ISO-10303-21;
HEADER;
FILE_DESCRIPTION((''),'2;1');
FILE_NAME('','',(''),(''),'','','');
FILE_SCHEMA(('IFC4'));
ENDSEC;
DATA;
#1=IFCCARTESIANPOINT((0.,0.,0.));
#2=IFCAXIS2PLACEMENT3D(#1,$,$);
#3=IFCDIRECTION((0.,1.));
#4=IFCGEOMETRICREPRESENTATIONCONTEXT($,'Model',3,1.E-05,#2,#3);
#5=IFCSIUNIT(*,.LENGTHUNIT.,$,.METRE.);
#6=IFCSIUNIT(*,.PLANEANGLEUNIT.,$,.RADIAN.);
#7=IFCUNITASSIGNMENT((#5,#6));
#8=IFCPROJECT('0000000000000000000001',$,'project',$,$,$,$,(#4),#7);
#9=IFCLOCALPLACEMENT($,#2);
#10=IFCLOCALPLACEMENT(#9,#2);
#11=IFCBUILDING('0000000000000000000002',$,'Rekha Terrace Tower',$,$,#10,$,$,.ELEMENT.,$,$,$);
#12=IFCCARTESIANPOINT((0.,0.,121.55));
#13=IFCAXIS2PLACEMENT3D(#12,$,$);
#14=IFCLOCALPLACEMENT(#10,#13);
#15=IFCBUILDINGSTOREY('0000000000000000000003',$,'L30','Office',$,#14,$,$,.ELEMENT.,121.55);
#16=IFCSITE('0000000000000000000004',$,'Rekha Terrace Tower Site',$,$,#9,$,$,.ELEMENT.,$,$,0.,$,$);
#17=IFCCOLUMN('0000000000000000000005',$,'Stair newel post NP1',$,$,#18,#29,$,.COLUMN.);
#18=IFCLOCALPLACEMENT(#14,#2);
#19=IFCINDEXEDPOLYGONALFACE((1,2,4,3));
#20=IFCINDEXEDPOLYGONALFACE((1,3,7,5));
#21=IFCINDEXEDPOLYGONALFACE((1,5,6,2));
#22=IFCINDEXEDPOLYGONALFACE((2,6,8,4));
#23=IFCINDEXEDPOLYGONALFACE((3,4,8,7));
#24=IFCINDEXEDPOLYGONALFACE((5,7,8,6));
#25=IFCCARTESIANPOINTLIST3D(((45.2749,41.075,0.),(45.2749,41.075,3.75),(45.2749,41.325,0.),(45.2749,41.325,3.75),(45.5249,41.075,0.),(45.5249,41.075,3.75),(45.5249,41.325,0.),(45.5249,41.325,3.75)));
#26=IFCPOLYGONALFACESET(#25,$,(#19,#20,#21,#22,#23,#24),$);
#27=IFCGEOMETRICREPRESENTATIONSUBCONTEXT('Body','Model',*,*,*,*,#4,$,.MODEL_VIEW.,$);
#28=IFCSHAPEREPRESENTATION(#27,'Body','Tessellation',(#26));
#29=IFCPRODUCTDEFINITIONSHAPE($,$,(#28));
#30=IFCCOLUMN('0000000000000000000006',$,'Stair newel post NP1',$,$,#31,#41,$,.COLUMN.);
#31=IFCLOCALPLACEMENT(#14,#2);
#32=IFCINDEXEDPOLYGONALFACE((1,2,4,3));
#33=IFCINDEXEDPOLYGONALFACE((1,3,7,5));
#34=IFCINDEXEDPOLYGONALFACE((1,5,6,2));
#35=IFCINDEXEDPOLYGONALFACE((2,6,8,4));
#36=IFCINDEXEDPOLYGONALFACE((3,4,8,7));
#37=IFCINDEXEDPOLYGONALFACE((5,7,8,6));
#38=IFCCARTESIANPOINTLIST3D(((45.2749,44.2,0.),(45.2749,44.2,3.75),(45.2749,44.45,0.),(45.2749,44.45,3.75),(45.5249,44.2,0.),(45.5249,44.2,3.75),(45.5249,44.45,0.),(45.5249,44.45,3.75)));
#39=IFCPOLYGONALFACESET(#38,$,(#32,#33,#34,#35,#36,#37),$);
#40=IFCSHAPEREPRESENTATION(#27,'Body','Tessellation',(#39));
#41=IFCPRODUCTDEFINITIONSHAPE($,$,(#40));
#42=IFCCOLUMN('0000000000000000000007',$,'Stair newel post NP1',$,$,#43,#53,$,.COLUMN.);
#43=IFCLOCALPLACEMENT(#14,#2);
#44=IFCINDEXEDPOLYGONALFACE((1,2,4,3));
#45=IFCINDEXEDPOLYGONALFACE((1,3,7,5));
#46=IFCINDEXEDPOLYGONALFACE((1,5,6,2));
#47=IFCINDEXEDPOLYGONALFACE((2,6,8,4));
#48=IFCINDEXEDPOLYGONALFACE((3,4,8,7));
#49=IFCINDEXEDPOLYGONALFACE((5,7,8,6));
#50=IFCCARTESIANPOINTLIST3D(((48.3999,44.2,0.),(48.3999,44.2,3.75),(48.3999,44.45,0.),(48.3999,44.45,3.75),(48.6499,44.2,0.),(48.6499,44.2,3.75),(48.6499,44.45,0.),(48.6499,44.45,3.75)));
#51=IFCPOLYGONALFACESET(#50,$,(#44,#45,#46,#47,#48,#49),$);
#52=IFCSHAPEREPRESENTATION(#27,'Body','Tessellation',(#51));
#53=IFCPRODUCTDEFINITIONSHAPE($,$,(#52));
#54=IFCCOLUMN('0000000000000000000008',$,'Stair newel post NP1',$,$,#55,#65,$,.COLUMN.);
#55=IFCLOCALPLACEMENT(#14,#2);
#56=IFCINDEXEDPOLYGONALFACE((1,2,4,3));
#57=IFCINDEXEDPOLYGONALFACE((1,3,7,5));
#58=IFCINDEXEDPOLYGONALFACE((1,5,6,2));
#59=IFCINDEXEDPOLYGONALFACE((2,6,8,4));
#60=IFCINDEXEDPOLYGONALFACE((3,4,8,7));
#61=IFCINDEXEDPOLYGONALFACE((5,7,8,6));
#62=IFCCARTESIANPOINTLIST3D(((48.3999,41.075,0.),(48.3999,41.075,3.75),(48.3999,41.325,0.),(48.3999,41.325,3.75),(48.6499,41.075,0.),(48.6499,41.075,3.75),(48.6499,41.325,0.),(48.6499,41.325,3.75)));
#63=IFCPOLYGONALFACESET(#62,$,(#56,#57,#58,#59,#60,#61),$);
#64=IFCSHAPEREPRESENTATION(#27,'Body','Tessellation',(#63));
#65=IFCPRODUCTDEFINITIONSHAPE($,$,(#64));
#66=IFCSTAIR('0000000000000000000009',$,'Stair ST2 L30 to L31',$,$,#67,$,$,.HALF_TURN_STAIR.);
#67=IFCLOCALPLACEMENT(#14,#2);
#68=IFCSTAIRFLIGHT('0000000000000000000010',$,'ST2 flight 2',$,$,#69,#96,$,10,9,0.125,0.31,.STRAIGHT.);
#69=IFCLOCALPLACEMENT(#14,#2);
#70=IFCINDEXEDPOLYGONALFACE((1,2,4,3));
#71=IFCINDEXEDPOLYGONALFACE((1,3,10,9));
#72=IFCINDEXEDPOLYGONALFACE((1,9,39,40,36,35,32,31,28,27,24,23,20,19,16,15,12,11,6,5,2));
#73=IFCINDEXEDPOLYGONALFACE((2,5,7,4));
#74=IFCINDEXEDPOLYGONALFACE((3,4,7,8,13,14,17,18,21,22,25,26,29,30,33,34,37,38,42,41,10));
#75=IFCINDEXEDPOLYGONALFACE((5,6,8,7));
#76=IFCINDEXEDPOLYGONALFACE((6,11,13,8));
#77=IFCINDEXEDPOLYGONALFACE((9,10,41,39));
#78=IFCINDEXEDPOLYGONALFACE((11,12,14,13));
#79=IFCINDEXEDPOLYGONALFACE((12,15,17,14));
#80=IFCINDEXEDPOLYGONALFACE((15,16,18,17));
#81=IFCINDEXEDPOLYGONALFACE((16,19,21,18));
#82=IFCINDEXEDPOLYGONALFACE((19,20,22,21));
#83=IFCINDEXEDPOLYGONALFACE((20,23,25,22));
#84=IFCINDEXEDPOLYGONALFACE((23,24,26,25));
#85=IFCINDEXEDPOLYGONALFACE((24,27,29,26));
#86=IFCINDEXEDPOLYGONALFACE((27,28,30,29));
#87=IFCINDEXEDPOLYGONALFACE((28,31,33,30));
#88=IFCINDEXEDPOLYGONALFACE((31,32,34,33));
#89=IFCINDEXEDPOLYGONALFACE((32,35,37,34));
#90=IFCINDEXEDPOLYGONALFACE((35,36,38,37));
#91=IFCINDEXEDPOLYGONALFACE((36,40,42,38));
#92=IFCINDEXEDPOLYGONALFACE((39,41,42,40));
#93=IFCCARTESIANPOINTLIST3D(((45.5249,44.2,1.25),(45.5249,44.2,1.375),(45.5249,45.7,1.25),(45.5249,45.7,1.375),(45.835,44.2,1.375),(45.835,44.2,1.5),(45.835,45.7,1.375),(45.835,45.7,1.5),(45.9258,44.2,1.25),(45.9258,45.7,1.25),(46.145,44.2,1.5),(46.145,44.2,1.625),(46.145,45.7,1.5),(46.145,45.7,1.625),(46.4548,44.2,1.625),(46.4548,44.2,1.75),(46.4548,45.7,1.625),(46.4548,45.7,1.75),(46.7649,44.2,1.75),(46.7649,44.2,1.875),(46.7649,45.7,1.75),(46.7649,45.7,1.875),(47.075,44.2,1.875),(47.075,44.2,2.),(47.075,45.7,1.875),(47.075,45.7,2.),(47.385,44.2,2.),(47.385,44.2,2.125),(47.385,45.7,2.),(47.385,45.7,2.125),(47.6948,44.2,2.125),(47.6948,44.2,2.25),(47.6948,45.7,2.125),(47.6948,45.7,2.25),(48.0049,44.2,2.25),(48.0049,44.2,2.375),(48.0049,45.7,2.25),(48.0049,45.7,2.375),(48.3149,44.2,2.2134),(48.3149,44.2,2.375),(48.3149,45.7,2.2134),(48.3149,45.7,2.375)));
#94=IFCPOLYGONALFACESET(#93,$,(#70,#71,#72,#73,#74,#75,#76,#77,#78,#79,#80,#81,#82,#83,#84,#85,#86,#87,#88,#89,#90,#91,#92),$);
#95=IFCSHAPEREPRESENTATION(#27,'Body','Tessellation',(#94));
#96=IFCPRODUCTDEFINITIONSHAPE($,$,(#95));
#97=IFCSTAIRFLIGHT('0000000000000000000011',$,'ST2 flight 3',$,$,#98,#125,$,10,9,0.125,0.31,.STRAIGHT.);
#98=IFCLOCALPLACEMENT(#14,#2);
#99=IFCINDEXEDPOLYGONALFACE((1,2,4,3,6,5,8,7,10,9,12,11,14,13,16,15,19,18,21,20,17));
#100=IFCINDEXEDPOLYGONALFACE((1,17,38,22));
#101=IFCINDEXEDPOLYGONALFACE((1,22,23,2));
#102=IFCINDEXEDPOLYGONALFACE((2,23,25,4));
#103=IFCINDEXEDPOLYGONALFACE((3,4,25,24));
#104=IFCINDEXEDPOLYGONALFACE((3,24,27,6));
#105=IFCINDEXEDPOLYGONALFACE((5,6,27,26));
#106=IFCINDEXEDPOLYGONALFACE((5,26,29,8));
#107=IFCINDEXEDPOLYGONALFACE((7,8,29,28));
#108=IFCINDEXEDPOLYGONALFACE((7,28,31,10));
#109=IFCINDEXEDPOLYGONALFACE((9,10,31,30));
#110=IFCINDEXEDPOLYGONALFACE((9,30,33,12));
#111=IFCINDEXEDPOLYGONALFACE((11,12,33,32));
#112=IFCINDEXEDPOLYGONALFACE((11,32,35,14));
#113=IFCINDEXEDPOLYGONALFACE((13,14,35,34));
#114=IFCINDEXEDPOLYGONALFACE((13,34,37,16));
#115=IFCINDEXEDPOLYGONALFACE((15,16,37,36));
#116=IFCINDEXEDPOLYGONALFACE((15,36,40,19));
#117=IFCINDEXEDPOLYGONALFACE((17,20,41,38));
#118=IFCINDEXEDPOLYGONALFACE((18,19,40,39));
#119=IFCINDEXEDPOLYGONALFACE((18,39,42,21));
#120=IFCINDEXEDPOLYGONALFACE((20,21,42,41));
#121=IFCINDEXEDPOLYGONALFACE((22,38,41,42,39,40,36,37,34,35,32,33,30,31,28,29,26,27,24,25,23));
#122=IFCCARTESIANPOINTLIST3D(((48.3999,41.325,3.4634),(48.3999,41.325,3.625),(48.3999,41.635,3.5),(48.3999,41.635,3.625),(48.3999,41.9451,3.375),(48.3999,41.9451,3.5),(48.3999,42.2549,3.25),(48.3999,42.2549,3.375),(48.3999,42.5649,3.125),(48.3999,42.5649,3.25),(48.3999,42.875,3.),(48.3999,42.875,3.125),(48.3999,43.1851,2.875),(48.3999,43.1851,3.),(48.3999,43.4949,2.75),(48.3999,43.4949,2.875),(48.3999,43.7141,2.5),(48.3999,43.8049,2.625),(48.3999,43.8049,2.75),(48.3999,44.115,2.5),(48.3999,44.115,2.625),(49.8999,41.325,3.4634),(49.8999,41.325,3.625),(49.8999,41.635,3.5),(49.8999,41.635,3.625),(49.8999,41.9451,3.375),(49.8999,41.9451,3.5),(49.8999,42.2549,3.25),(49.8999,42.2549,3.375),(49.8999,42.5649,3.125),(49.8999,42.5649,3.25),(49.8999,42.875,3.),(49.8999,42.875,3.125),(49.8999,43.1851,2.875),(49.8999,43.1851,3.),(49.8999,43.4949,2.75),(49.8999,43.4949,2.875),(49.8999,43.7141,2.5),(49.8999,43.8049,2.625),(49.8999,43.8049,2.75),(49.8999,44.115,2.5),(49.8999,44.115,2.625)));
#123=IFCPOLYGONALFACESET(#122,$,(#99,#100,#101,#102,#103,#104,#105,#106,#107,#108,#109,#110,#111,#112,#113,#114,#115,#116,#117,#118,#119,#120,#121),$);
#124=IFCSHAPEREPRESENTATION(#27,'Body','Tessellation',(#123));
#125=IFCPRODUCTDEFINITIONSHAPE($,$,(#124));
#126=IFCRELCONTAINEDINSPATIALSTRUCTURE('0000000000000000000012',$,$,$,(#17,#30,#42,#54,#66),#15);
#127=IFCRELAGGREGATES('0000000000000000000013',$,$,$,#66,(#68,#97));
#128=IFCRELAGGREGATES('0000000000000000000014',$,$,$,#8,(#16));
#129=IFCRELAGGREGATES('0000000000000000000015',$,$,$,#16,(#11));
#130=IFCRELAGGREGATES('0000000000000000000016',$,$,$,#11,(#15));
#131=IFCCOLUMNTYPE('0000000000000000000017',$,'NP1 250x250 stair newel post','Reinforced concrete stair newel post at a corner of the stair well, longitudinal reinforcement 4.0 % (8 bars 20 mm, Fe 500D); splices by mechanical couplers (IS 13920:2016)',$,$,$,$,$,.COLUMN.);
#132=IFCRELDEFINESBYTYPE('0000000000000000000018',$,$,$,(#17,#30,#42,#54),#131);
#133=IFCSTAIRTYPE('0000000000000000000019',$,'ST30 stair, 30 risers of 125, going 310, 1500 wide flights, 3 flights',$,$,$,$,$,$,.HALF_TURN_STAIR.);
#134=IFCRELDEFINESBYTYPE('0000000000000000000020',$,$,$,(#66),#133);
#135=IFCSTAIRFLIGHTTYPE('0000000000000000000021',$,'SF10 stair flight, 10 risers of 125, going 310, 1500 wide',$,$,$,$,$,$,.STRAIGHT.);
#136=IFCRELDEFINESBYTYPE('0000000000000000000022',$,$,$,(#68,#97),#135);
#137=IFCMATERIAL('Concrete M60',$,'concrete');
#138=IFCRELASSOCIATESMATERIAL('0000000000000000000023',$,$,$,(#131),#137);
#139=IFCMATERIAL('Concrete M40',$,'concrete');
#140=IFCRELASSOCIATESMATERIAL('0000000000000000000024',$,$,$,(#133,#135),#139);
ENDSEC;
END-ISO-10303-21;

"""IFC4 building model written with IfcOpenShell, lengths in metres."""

from ifc_helpers import new_model, si_unit, direction, frame, origin, origin_2d, place, context, subcontext, project, spatial, polyline, rectangle, outline, extrude, material, material_profile, profile_set, type_object, element, aggregate, save


model = new_model("IFC4")

# Units and contexts
model_context = context("Model", 3, precision=1e-05, world=origin(), true_north=direction((0.0, 1.0)))
body_context = subcontext(model_context, "Body", "Model", "MODEL_VIEW")
ifc_project = project(units=[si_unit("LENGTHUNIT", "METRE"), si_unit("PLANEANGLEUNIT", "RADIAN")], contexts=[model_context])

# Site, building, storey
site_placement = place(None, origin())
site = spatial("IfcSite", under=ifc_project, at=site_placement, Name="Rekha Terrace Tower Site", CompositionType="ELEMENT", RefElevation=0.0)
building_placement = place(site_placement, origin())
building = spatial("IfcBuilding", under=site, at=building_placement, Name="Rekha Terrace Tower", CompositionType="ELEMENT")
storey_placement = place(building_placement, frame((0.0, 0.0, 121.55)))
storey = spatial("IfcBuildingStorey", under=building, at=storey_placement, Name="L30", Description="Office", CompositionType="ELEMENT", Elevation=121.55)

# Columns
ifc_material_1 = material(Name="Concrete M60", Category="concrete")
ifc_material_profile = material_profile(ifc_material_1, rectangle(XDim=0.25, YDim=0.25, at=origin_2d()), Name="RC 250x250")
ifc_profile_set = profile_set([ifc_material_profile], Name="Concrete M60")
column_type = type_object("IfcColumnType", Name="NP1 250x250 stair newel post", Description="Reinforced concrete stair newel post at a corner of the stair well, longitudinal reinforcement 4.0 % (8 bars 20 mm, Fe 500D); splices by mechanical couplers (IS 13920:2016)", PredefinedType="COLUMN", material=ifc_profile_set)
for number, where, z_axis, x_axis, name in (
    (1, (45.3999, 41.2, 0.0), (0.0, 0.0, 1.0), (1.0, 0.0, 0.0), "Stair newel post NP1"),
    (2, (45.3999, 44.325, 0.0), (0.0, 0.0, 1.0), (1.0, 0.0, 0.0), "Stair newel post NP1"),
    (3, (48.5249, 44.325, 0.0), (0.0, 0.0, 1.0), (1.0, 0.0, 0.0), "Stair newel post NP1"),
    (4, (48.5249, 41.2, 0.0), (0.0, 0.0, 1.0), (1.0, 0.0, 0.0), "Stair newel post NP1"),
):
    element("IfcColumn", number, at=place(storey_placement, frame(where, z_axis=z_axis, x_axis=x_axis)), inside=storey, type_object=column_type, Name=name, PredefinedType="COLUMN", context=body_context, shape_type="SweptSolid", body=[
        extrude(rectangle(XDim=0.25, YDim=0.25, at=origin_2d()), origin(), (0.0, 0.0, 1.0), 3.75),
    ])

# Stair, stair flights
ifc_material_2 = material(Name="Concrete M40", Category="concrete")
stair_type = type_object("IfcStairType", Name="ST30 stair, 30 risers of 125, going 310, 1500 wide flights, 3 flights", PredefinedType="HALF_TURN_STAIR", material=ifc_material_2)
stair_placement = place(storey_placement, origin())
stair = element("IfcStair", 5, at=stair_placement, inside=storey, type_object=stair_type, Name="Stair ST2 L30 to L31", PredefinedType="HALF_TURN_STAIR")
stair_flight_type = type_object("IfcStairFlightType", Name="SF10 stair flight, 10 risers of 125, going 310, 1500 wide", PredefinedType="STRAIGHT", material=ifc_material_2)
stair_flight_1_placement = place(storey_placement, frame((45.5249, 44.95, 1.25), z_axis=(0.0, 0.0, 1.0), x_axis=(1.0, 0.0, 0.0)))
stair_flight_1 = element("IfcStairFlight", 6, at=stair_flight_1_placement, type_object=stair_flight_type, Name="ST2 flight 2", NumberOfRisers=10, NumberOfTreads=9, PredefinedType="STRAIGHT", RiserHeight=0.125, TreadLength=0.31, context=body_context, shape_type="SweptSolid", body=[
    extrude(outline(polyline([(0.0, 0.0), (0.0, 0.125), (0.3101, 0.125), (0.3101, 0.25), (0.6201, 0.25), (0.6201, 0.375), (0.9299, 0.375), (0.9299, 0.5), (1.24, 0.5), (1.24, 0.625), (1.55, 0.625), (1.55, 0.75), (1.8601, 0.75), (1.8601, 0.875), (2.1699, 0.875), (2.1699, 1.0), (2.48, 1.0), (2.48, 1.125), (2.79, 1.125), (2.79, 1.25), (2.79, 0.9634), (0.4009, 0.0), (0.0, 0.0)])), frame((0.0, 0.75, 0.0), z_axis=(0.0, -1.0, 0.0), x_axis=(1.0, 0.0, 0.0)), (0.0, 0.0, 1.0), 1.5),
])
stair_flight_2_placement = place(storey_placement, frame((49.1499, 44.115, 2.5), z_axis=(0.0, 0.0, 1.0), x_axis=(0.0, -1.0, 0.0)))
stair_flight_2 = element("IfcStairFlight", 7, at=stair_flight_2_placement, type_object=stair_flight_type, Name="ST2 flight 3", NumberOfRisers=10, NumberOfTreads=9, PredefinedType="STRAIGHT", RiserHeight=0.125, TreadLength=0.31, context=body_context, shape_type="SweptSolid", body=[
    extrude(outline(polyline([(0.0, 0.0), (0.0, 0.125), (0.3101, 0.125), (0.3101, 0.25), (0.6201, 0.25), (0.6201, 0.375), (0.9299, 0.375), (0.9299, 0.5), (1.24, 0.5), (1.24, 0.625), (1.55, 0.625), (1.55, 0.75), (1.8601, 0.75), (1.8601, 0.875), (2.1699, 0.875), (2.1699, 1.0), (2.48, 1.0), (2.48, 1.125), (2.79, 1.125), (2.79, 1.25), (2.79, 0.9634), (0.4009, 0.0), (0.0, 0.0)])), frame((0.0, 0.75, 0.0), z_axis=(0.0, -1.0, 0.0), x_axis=(1.0, 0.0, 0.0)), (0.0, 0.0, 1.0), 1.5),
])
aggregate(stair, [stair_flight_1, stair_flight_2])

save(model, "model.ifc")
